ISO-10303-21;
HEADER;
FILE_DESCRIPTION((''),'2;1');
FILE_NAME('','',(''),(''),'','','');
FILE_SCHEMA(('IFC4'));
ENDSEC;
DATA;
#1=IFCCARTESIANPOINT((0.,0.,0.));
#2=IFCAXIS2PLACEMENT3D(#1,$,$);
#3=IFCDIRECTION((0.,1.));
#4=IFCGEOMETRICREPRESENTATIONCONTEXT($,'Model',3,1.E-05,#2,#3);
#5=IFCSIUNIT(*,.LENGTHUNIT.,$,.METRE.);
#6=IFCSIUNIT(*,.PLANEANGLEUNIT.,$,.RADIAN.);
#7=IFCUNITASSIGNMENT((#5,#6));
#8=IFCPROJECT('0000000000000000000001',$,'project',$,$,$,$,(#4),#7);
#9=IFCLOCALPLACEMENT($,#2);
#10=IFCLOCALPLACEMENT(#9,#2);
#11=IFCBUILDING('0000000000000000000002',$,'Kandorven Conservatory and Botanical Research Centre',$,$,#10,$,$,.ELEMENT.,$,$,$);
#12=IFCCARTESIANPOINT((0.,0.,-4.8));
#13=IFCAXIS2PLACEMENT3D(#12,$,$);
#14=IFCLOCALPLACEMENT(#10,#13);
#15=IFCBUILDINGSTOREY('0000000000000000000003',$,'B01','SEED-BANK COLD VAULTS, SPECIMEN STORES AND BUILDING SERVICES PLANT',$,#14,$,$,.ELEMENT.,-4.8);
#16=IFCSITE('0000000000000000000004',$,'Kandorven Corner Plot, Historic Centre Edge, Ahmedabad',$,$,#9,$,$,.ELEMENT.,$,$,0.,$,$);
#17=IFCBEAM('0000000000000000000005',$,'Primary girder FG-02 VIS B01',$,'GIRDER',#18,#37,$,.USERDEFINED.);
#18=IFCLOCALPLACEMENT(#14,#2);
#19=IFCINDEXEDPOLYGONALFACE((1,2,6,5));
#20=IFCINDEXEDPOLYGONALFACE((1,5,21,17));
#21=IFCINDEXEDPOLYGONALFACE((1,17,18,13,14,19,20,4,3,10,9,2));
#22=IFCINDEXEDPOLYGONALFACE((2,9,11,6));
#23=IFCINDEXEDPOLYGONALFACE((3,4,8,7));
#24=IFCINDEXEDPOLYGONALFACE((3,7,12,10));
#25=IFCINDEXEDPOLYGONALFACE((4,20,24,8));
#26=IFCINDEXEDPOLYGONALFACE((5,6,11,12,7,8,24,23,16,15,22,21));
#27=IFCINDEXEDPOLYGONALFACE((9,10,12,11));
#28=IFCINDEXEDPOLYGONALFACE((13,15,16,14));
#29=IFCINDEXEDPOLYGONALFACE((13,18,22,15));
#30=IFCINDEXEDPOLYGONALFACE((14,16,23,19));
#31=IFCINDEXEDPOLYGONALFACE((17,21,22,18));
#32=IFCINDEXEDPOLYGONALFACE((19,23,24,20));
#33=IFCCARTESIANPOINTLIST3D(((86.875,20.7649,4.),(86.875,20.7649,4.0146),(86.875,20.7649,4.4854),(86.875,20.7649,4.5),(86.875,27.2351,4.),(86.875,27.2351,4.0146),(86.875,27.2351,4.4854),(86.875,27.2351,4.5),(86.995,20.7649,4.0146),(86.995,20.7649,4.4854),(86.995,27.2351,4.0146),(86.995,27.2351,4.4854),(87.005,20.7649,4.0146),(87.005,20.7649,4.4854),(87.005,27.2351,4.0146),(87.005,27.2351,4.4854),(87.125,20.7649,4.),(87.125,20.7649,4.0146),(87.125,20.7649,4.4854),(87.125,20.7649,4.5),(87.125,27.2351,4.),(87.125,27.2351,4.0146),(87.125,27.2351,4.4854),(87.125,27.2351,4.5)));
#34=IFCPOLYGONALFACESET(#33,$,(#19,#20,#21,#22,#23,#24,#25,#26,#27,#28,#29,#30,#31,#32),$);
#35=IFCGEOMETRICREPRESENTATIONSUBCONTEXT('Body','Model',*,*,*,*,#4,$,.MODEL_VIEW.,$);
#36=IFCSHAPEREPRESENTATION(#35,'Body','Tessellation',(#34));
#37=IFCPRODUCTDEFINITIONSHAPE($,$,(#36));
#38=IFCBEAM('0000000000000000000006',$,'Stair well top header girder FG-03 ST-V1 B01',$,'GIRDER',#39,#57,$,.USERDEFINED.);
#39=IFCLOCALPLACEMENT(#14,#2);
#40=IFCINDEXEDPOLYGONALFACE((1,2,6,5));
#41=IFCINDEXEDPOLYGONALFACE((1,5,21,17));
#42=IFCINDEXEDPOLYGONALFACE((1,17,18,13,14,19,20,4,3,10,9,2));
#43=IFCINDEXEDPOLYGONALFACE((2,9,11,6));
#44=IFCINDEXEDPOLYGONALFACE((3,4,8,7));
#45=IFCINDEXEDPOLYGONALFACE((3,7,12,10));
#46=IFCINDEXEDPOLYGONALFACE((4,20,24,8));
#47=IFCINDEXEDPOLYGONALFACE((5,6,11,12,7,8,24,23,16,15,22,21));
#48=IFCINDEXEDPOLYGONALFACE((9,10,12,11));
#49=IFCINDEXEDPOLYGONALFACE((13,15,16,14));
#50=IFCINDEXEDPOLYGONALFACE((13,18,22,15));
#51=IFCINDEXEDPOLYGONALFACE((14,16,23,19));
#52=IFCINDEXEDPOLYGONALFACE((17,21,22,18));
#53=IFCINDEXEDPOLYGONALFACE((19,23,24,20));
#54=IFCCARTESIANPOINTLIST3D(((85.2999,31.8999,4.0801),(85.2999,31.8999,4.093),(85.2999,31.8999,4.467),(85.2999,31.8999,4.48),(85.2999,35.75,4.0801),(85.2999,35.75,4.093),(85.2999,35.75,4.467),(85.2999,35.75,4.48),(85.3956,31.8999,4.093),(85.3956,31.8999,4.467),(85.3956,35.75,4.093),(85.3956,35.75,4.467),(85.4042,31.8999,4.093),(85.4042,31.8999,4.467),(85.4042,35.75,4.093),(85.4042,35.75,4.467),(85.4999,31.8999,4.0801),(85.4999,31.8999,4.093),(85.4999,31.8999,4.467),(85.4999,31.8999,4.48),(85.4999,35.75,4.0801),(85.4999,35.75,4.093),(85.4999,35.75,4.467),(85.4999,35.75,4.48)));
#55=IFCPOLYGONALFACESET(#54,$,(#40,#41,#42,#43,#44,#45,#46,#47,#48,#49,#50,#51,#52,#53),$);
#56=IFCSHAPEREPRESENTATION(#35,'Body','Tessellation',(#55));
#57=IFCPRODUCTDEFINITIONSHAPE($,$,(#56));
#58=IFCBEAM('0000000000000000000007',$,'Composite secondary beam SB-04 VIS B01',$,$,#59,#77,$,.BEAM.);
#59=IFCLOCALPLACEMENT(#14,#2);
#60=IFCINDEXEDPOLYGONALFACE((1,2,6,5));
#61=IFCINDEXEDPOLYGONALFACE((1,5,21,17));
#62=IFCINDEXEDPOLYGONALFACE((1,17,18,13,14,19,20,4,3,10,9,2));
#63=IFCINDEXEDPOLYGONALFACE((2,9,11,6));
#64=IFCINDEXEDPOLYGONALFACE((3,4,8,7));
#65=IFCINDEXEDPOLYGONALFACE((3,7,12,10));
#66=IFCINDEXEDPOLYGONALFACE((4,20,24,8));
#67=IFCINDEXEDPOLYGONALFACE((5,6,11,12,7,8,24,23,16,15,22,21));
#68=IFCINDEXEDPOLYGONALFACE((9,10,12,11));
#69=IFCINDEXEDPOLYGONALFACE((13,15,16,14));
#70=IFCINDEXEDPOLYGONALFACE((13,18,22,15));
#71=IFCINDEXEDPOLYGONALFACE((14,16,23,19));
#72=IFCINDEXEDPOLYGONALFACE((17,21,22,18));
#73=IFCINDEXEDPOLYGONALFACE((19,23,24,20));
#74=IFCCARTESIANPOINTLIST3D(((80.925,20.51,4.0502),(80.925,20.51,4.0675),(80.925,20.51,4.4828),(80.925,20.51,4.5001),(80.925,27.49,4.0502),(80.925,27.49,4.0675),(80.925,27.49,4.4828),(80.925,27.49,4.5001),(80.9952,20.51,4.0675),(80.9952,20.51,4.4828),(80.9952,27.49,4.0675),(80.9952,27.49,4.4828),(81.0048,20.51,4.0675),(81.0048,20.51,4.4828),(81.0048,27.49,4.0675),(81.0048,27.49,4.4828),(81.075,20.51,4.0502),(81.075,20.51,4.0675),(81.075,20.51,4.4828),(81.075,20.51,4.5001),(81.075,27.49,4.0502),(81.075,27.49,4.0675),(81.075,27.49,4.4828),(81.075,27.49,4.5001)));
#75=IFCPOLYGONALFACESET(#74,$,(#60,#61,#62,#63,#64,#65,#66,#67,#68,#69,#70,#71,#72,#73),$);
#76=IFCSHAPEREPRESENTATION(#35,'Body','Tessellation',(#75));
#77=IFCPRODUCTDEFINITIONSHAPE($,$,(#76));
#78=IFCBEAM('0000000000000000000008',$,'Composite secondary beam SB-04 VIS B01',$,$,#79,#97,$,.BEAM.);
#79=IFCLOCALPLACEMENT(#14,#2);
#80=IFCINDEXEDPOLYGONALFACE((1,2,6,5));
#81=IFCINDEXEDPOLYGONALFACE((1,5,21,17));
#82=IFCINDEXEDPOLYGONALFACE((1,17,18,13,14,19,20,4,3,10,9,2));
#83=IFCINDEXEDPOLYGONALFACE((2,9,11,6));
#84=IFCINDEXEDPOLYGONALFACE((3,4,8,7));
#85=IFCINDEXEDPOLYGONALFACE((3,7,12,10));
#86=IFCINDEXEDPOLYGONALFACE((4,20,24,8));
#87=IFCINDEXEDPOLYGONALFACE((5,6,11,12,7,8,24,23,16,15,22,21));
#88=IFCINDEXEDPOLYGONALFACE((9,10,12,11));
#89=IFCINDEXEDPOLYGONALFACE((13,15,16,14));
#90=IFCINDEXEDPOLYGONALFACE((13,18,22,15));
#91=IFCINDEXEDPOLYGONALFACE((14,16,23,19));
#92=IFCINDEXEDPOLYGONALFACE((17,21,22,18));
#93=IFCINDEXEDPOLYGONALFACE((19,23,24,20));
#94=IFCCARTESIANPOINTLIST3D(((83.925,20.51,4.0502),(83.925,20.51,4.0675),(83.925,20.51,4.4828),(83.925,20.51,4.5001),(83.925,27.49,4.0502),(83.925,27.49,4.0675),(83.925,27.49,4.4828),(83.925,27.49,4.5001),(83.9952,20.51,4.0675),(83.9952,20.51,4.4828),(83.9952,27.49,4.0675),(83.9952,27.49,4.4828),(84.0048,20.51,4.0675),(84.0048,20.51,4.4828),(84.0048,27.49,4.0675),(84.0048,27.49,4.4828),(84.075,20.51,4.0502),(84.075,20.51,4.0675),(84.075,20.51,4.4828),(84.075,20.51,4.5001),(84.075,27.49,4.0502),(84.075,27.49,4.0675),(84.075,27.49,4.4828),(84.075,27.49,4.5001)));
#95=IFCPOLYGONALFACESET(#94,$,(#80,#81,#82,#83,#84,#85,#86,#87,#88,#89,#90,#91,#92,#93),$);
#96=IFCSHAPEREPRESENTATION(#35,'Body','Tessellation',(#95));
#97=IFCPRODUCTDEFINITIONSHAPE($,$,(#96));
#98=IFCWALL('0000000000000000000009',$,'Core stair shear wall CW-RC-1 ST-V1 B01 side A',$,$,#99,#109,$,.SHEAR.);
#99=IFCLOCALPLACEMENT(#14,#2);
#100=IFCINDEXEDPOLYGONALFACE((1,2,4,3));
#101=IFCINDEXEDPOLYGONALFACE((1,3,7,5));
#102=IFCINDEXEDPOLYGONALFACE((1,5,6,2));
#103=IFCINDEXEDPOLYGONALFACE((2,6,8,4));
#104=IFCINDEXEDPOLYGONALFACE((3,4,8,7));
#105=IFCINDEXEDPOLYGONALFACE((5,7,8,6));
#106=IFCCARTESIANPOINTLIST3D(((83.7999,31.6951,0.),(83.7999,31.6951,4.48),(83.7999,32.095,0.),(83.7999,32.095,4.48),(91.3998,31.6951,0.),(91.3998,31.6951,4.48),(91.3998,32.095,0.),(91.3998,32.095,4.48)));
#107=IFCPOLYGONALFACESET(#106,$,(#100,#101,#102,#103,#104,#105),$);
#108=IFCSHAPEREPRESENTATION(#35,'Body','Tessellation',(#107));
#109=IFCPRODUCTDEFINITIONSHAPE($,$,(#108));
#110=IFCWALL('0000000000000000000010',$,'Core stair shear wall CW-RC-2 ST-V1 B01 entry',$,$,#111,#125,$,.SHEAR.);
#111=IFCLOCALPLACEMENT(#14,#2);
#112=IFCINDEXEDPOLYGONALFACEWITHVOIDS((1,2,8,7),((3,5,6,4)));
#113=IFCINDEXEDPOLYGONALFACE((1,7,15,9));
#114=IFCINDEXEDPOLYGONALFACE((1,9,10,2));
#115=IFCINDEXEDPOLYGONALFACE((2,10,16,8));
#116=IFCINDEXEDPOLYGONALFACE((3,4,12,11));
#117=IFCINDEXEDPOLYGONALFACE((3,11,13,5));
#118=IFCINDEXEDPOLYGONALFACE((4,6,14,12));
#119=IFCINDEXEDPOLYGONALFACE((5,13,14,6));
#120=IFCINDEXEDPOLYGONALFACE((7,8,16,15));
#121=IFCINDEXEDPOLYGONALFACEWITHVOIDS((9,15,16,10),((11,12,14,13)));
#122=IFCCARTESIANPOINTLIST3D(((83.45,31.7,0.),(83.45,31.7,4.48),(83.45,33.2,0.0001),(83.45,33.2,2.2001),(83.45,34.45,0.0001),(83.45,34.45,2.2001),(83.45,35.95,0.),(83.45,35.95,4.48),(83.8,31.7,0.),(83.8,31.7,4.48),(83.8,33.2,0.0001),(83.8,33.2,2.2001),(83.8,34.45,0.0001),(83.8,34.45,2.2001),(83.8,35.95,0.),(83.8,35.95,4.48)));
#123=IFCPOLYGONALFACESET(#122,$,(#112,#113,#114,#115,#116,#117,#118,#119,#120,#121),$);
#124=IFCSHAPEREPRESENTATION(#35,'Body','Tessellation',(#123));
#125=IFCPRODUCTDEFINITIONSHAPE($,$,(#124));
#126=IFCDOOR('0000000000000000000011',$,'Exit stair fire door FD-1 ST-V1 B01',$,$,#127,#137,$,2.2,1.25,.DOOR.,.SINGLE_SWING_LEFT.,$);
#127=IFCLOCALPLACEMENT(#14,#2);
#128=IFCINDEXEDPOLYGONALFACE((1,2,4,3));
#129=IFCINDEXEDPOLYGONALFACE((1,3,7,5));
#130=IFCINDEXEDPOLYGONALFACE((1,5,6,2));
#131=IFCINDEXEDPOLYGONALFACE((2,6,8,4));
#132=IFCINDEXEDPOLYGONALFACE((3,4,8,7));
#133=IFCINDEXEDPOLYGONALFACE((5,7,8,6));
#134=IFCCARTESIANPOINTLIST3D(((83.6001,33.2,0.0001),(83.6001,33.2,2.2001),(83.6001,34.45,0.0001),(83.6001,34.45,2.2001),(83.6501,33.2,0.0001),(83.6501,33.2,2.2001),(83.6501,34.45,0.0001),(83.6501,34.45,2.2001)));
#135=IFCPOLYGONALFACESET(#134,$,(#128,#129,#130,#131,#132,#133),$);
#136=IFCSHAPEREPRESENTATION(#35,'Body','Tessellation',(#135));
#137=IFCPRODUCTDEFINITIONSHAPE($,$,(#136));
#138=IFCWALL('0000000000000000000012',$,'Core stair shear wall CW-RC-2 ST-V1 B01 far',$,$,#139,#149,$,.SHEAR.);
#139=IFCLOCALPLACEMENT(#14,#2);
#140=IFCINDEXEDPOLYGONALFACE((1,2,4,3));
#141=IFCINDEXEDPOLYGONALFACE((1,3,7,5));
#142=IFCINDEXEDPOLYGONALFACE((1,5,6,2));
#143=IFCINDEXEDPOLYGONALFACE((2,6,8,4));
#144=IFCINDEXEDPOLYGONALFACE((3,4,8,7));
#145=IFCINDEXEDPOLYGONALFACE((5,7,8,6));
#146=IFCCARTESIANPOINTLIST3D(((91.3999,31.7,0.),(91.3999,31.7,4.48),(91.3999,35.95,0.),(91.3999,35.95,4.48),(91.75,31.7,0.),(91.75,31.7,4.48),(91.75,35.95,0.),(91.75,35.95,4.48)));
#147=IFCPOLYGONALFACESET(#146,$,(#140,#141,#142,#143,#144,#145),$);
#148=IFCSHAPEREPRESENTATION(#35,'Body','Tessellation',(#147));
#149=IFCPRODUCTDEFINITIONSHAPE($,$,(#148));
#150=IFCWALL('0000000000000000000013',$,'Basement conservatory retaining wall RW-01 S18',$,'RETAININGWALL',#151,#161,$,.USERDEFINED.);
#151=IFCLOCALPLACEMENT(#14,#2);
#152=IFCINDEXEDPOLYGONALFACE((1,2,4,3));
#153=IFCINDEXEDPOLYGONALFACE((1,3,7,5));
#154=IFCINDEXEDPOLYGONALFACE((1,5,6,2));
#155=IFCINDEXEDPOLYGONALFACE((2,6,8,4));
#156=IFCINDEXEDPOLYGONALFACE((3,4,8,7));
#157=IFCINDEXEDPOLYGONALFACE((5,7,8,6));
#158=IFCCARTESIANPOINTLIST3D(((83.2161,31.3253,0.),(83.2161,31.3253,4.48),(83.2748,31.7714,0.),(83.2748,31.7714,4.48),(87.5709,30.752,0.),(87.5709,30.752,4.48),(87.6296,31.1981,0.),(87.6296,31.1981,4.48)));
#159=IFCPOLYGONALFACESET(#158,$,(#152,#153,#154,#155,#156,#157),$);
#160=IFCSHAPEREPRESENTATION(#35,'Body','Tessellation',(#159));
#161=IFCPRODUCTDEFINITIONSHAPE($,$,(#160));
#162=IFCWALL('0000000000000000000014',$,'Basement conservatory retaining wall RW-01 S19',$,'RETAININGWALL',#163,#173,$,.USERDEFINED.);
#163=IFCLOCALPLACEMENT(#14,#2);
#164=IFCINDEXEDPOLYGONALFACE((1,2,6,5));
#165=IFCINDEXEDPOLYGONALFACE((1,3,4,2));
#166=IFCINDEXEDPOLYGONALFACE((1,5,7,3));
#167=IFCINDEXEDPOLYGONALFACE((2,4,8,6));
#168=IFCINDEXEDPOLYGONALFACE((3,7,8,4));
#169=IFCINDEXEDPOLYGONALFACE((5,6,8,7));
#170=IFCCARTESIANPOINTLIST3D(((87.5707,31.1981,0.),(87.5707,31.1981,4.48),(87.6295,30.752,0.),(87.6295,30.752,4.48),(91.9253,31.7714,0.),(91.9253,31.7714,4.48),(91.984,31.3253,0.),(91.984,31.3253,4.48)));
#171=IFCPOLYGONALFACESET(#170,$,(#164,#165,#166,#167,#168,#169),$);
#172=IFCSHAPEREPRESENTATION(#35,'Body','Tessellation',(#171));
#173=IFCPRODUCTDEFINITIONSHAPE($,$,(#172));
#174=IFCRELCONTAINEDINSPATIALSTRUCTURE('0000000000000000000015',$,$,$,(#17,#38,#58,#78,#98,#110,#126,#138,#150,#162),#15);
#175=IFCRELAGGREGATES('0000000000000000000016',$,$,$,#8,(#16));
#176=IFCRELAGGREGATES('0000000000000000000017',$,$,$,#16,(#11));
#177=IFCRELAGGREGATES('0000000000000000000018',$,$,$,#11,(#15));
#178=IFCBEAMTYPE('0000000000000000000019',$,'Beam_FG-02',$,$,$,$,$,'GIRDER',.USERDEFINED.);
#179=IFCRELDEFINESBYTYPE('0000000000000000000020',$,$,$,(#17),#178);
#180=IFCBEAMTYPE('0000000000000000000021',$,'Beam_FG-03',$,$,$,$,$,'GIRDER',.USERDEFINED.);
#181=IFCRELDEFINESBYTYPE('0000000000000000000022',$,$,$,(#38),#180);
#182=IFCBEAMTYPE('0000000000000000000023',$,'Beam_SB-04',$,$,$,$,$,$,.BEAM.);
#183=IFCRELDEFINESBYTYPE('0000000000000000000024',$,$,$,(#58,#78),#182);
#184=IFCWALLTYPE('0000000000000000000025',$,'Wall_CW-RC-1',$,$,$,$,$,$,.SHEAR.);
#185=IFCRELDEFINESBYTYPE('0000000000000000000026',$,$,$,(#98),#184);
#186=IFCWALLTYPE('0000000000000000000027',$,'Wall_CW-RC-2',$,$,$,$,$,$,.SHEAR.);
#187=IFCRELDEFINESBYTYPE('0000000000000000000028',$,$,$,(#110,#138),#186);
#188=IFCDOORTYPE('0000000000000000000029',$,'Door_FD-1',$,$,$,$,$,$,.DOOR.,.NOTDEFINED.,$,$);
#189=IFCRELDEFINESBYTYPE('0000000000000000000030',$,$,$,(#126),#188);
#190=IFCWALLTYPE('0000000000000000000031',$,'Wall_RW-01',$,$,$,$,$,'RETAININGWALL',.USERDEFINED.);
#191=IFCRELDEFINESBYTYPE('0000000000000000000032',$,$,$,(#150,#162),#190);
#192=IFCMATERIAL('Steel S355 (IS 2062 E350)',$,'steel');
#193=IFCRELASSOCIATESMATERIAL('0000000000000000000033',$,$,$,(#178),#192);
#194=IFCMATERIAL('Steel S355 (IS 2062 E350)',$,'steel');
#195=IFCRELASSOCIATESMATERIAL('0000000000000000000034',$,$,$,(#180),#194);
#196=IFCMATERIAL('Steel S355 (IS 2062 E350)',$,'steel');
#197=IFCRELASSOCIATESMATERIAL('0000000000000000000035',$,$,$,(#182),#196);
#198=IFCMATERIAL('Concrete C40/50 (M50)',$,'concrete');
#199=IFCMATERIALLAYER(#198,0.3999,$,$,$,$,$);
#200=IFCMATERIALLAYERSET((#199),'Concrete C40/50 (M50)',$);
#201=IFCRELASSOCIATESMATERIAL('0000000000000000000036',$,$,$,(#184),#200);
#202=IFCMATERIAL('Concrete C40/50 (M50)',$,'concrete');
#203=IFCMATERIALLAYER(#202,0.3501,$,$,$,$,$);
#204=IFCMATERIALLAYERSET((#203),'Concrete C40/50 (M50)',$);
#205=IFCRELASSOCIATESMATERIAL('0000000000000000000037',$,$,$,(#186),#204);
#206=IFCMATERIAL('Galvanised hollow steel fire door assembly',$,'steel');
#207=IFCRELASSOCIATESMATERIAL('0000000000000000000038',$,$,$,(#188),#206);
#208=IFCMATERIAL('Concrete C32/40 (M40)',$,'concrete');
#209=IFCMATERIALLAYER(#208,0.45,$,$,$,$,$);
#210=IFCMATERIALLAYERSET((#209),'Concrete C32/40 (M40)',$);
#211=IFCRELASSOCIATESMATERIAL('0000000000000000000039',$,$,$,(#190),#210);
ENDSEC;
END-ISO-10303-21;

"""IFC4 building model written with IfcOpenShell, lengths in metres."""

from ifc_helpers import new_model, si_unit, direction, frame, frame_2d, origin, origin_2d, place, context, subcontext, project, spatial, rectangle, i_section, extrude, material, layer, layer_set, material_profile, profile_set, type_object, element, fill, save


model = new_model("IFC4")

# Units and contexts
model_context = context("Model", 3, precision=1e-05, world=origin(), true_north=direction((0.0, 1.0)))
body_context = subcontext(model_context, "Body", "Model", "MODEL_VIEW")
ifc_project = project(units=[si_unit("LENGTHUNIT", "METRE"), si_unit("PLANEANGLEUNIT", "RADIAN")], contexts=[model_context])

# Site, building, storey
site_placement = place(None, origin())
site = spatial("IfcSite", under=ifc_project, at=site_placement, Name="Kandorven Corner Plot, Historic Centre Edge, Ahmedabad", CompositionType="ELEMENT", RefElevation=0.0)
building_placement = place(site_placement, origin())
building = spatial("IfcBuilding", under=site, at=building_placement, Name="Kandorven Conservatory and Botanical Research Centre", CompositionType="ELEMENT")
storey_placement = place(building_placement, frame((0.0, 0.0, -4.8)))
storey = spatial("IfcBuildingStorey", under=building, at=storey_placement, Name="B01", Description="SEED-BANK COLD VAULTS, SPECIMEN STORES AND BUILDING SERVICES PLANT", CompositionType="ELEMENT", Elevation=-4.8)

# Beams
ifc_material_1 = material(Name="Steel S355 (IS 2062 E350)", Category="steel")
ifc_material_profile_1 = material_profile(ifc_material_1, i_section(OverallWidth=0.25, OverallDepth=0.5, WebThickness=0.01, FlangeThickness=0.0146, at=origin_2d()))
ifc_profile_set_1 = profile_set([ifc_material_profile_1], Name="Steel S355 (IS 2062 E350)")
beam_type_1 = type_object("IfcBeamType", Name="Beam_FG-02", ElementType="GIRDER", PredefinedType="USERDEFINED", material=ifc_profile_set_1)
beam_1_placement = place(storey_placement, frame((87.0, 20.7649, 4.25), z_axis=(0.0, 1.0, 0.0), x_axis=(-1.0, 0.0, 0.0)))
element("IfcBeam", 1, at=beam_1_placement, inside=storey, type_object=beam_type_1, Name="Primary girder FG-02 VIS B01", ObjectType="GIRDER", PredefinedType="USERDEFINED", context=body_context, shape_type="SweptSolid", body=[
    extrude(i_section(OverallWidth=0.25, OverallDepth=0.5, WebThickness=0.01, FlangeThickness=0.0146, at=origin_2d()), origin(), (0.0, 0.0, 1.0), 6.4702),
])
ifc_material_2 = material(Name="Steel S355 (IS 2062 E350)", Category="steel")
ifc_material_profile_2 = material_profile(ifc_material_2, i_section(OverallWidth=0.2, OverallDepth=0.3999, WebThickness=0.0085, FlangeThickness=0.0129, at=origin_2d()))
ifc_profile_set_2 = profile_set([ifc_material_profile_2], Name="Steel S355 (IS 2062 E350)")
beam_type_2 = type_object("IfcBeamType", Name="Beam_FG-03", ElementType="GIRDER", PredefinedType="USERDEFINED", material=ifc_profile_set_2)
beam_2_placement = place(storey_placement, frame((85.3999, 31.8999, 4.28), z_axis=(0.0, 1.0, 0.0), x_axis=(-1.0, 0.0, 0.0)))
element("IfcBeam", 2, at=beam_2_placement, inside=storey, type_object=beam_type_2, Name="Stair well top header girder FG-03 ST-V1 B01", ObjectType="GIRDER", PredefinedType="USERDEFINED", context=body_context, shape_type="SweptSolid", body=[
    extrude(i_section(OverallWidth=0.2, OverallDepth=0.3999, WebThickness=0.0085, FlangeThickness=0.0129, at=origin_2d()), origin(), (0.0, 0.0, 1.0), 3.8501),
])
ifc_material_3 = material(Name="Steel S355 (IS 2062 E350)", Category="steel")
ifc_material_profile_3 = material_profile(ifc_material_3, i_section(OverallWidth=0.1499, OverallDepth=0.45, WebThickness=0.0095, FlangeThickness=0.0173, at=origin_2d()))
ifc_profile_set_3 = profile_set([ifc_material_profile_3], Name="Steel S355 (IS 2062 E350)")
beam_type_3 = type_object("IfcBeamType", Name="Beam_SB-04", PredefinedType="BEAM", material=ifc_profile_set_3)
for number, where, z_axis, x_axis, name in (
    (3, (81.0, 20.51, 4.2751), (0.0, 1.0, 0.0), (-1.0, 0.0, 0.0), "Composite secondary beam SB-04 VIS B01"),
    (4, (84.0, 20.51, 4.2751), (0.0, 1.0, 0.0), (-1.0, 0.0, 0.0), "Composite secondary beam SB-04 VIS B01"),
):
    element("IfcBeam", number, at=place(storey_placement, frame(where, z_axis=z_axis, x_axis=x_axis)), inside=storey, type_object=beam_type_3, Name=name, PredefinedType="BEAM", context=body_context, shape_type="SweptSolid", body=[
        extrude(i_section(OverallWidth=0.1499, OverallDepth=0.45, WebThickness=0.0095, FlangeThickness=0.0173, at=origin_2d()), origin(), (0.0, 0.0, 1.0), 6.98),
    ])

# Wall
ifc_material_4 = material(Name="Concrete C40/50 (M50)", Category="concrete")
ifc_layer_1 = layer(ifc_material_4, 0.3999)
ifc_layer_set_1 = layer_set([ifc_layer_1], Name="Concrete C40/50 (M50)")
wall_type_1 = type_object("IfcWallType", Name="Wall_CW-RC-1", PredefinedType="SHEAR", material=ifc_layer_set_1)
wall_1_placement = place(storey_placement, frame((83.8, 31.895, 0.0), z_axis=(0.0, 0.0, 1.0), x_axis=(1.0, 0.0, 0.0)))
element("IfcWall", 5, at=wall_1_placement, inside=storey, type_object=wall_type_1, Name="Core stair shear wall CW-RC-1 ST-V1 B01 side A", PredefinedType="SHEAR", context=body_context, shape_type="SweptSolid", body=[
    extrude(rectangle(XDim=7.5999, YDim=0.3999, at=frame_2d((3.7998, 0.0))), origin(), (0.0, 0.0, 1.0), 4.48),
])

# Wall, opening, door
ifc_material_5 = material(Name="Concrete C40/50 (M50)", Category="concrete")
ifc_layer_2 = layer(ifc_material_5, 0.3501)
ifc_layer_set_2 = layer_set([ifc_layer_2], Name="Concrete C40/50 (M50)")
wall_type_2 = type_object("IfcWallType", Name="Wall_CW-RC-2", PredefinedType="SHEAR", material=ifc_layer_set_2)
wall_2_placement = place(storey_placement, frame((83.625, 31.7, 0.0), z_axis=(0.0, 0.0, 1.0), x_axis=(0.0, 1.0, 0.0)))
wall_2 = element("IfcWall", 6, at=wall_2_placement, inside=storey, type_object=wall_type_2, Name="Core stair shear wall CW-RC-2 ST-V1 B01 entry", PredefinedType="SHEAR", context=body_context, shape_type="SweptSolid", body=[
    extrude(rectangle(XDim=4.25, YDim=0.3501, at=frame_2d((2.125, 0.0))), origin(), (0.0, 0.0, 1.0), 4.48),
])
opening_placement = place(wall_2_placement, frame((1.5, 0.0, 0.0)))
opening = element("IfcOpeningElement", 7, at=opening_placement, cuts=wall_2, PredefinedType="OPENING", context=body_context, shape_type="SweptSolid", body=[
    extrude(rectangle(XDim=1.25, YDim=2.2, at=frame_2d((0.625, 1.1001))), frame((0.0, 0.1851, 0.0), z_axis=(0.0, -1.0, 0.0), x_axis=(1.0, 0.0, 0.0)), (0.0, 0.0, 1.0), 0.3701),
])
ifc_material_6 = material(Name="Galvanised hollow steel fire door assembly", Category="steel")
door_type = type_object("IfcDoorType", Name="Door_FD-1", OperationType="NOTDEFINED", PredefinedType="DOOR", material=ifc_material_6)
door_placement = place(opening_placement, origin())
door = element("IfcDoor", 8, at=door_placement, inside=storey, type_object=door_type, Name="Exit stair fire door FD-1 ST-V1 B01", OperationType="SINGLE_SWING_LEFT", OverallHeight=2.2, OverallWidth=1.25, PredefinedType="DOOR", context=body_context, shape_type="SweptSolid", body=[
    extrude(rectangle(XDim=1.25, YDim=2.2, at=frame_2d((0.625, 1.1001))), frame((0.0, 0.0249, 0.0), z_axis=(0.0, -1.0, 0.0), x_axis=(1.0, 0.0, 0.0)), (0.0, 0.0, 1.0), 0.05),
])
fill(opening, door)

# Walls
wall_3_placement = place(storey_placement, frame((91.575, 31.7, 0.0), z_axis=(0.0, 0.0, 1.0), x_axis=(0.0, 1.0, 0.0)))
element("IfcWall", 9, at=wall_3_placement, inside=storey, type_object=wall_type_2, Name="Core stair shear wall CW-RC-2 ST-V1 B01 far", PredefinedType="SHEAR", context=body_context, shape_type="SweptSolid", body=[
    extrude(rectangle(XDim=4.25, YDim=0.3501, at=frame_2d((2.125, 0.0))), origin(), (0.0, 0.0, 1.0), 4.48),
])
ifc_material_7 = material(Name="Concrete C32/40 (M40)", Category="concrete")
ifc_layer_3 = layer(ifc_material_7, 0.45)
ifc_layer_set_3 = layer_set([ifc_layer_3], Name="Concrete C32/40 (M40)")
wall_type_3 = type_object("IfcWallType", Name="Wall_RW-01", ElementType="RETAININGWALL", PredefinedType="USERDEFINED", material=ifc_layer_set_3)
wall_4_placement = place(storey_placement, frame((83.2454, 31.5483, 0.0), z_axis=(0.0, 0.0, 1.0), x_axis=(0.991447, -0.130511, 0.0)))
element("IfcWall", 10, at=wall_4_placement, inside=storey, type_object=wall_type_3, Name="Basement conservatory retaining wall RW-01 S18", ObjectType="RETAININGWALL", PredefinedType="USERDEFINED", context=body_context, shape_type="SweptSolid", body=[
    extrude(rectangle(XDim=4.3923, YDim=0.45, at=frame_2d((2.1963, 0.0))), origin(), (0.0, 0.0, 1.0), 4.48),
])
for number, where, z_axis, x_axis, name in (
    (11, (87.6001, 30.9751, 0.0), (0.0, 0.0, 1.0), (0.991446, 0.130518, 0.0), "Basement conservatory retaining wall RW-01 S19"),
):
    element("IfcWall", number, at=place(storey_placement, frame(where, z_axis=z_axis, x_axis=x_axis)), inside=storey, type_object=wall_type_3, Name=name, ObjectType="RETAININGWALL", PredefinedType="USERDEFINED", context=body_context, shape_type="SweptSolid", body=[
        extrude(rectangle(XDim=4.3921, YDim=0.45, at=frame_2d((2.196, 0.0))), origin(), (0.0, 0.0, 1.0), 4.48),
    ])

save(model, "model.ifc")
